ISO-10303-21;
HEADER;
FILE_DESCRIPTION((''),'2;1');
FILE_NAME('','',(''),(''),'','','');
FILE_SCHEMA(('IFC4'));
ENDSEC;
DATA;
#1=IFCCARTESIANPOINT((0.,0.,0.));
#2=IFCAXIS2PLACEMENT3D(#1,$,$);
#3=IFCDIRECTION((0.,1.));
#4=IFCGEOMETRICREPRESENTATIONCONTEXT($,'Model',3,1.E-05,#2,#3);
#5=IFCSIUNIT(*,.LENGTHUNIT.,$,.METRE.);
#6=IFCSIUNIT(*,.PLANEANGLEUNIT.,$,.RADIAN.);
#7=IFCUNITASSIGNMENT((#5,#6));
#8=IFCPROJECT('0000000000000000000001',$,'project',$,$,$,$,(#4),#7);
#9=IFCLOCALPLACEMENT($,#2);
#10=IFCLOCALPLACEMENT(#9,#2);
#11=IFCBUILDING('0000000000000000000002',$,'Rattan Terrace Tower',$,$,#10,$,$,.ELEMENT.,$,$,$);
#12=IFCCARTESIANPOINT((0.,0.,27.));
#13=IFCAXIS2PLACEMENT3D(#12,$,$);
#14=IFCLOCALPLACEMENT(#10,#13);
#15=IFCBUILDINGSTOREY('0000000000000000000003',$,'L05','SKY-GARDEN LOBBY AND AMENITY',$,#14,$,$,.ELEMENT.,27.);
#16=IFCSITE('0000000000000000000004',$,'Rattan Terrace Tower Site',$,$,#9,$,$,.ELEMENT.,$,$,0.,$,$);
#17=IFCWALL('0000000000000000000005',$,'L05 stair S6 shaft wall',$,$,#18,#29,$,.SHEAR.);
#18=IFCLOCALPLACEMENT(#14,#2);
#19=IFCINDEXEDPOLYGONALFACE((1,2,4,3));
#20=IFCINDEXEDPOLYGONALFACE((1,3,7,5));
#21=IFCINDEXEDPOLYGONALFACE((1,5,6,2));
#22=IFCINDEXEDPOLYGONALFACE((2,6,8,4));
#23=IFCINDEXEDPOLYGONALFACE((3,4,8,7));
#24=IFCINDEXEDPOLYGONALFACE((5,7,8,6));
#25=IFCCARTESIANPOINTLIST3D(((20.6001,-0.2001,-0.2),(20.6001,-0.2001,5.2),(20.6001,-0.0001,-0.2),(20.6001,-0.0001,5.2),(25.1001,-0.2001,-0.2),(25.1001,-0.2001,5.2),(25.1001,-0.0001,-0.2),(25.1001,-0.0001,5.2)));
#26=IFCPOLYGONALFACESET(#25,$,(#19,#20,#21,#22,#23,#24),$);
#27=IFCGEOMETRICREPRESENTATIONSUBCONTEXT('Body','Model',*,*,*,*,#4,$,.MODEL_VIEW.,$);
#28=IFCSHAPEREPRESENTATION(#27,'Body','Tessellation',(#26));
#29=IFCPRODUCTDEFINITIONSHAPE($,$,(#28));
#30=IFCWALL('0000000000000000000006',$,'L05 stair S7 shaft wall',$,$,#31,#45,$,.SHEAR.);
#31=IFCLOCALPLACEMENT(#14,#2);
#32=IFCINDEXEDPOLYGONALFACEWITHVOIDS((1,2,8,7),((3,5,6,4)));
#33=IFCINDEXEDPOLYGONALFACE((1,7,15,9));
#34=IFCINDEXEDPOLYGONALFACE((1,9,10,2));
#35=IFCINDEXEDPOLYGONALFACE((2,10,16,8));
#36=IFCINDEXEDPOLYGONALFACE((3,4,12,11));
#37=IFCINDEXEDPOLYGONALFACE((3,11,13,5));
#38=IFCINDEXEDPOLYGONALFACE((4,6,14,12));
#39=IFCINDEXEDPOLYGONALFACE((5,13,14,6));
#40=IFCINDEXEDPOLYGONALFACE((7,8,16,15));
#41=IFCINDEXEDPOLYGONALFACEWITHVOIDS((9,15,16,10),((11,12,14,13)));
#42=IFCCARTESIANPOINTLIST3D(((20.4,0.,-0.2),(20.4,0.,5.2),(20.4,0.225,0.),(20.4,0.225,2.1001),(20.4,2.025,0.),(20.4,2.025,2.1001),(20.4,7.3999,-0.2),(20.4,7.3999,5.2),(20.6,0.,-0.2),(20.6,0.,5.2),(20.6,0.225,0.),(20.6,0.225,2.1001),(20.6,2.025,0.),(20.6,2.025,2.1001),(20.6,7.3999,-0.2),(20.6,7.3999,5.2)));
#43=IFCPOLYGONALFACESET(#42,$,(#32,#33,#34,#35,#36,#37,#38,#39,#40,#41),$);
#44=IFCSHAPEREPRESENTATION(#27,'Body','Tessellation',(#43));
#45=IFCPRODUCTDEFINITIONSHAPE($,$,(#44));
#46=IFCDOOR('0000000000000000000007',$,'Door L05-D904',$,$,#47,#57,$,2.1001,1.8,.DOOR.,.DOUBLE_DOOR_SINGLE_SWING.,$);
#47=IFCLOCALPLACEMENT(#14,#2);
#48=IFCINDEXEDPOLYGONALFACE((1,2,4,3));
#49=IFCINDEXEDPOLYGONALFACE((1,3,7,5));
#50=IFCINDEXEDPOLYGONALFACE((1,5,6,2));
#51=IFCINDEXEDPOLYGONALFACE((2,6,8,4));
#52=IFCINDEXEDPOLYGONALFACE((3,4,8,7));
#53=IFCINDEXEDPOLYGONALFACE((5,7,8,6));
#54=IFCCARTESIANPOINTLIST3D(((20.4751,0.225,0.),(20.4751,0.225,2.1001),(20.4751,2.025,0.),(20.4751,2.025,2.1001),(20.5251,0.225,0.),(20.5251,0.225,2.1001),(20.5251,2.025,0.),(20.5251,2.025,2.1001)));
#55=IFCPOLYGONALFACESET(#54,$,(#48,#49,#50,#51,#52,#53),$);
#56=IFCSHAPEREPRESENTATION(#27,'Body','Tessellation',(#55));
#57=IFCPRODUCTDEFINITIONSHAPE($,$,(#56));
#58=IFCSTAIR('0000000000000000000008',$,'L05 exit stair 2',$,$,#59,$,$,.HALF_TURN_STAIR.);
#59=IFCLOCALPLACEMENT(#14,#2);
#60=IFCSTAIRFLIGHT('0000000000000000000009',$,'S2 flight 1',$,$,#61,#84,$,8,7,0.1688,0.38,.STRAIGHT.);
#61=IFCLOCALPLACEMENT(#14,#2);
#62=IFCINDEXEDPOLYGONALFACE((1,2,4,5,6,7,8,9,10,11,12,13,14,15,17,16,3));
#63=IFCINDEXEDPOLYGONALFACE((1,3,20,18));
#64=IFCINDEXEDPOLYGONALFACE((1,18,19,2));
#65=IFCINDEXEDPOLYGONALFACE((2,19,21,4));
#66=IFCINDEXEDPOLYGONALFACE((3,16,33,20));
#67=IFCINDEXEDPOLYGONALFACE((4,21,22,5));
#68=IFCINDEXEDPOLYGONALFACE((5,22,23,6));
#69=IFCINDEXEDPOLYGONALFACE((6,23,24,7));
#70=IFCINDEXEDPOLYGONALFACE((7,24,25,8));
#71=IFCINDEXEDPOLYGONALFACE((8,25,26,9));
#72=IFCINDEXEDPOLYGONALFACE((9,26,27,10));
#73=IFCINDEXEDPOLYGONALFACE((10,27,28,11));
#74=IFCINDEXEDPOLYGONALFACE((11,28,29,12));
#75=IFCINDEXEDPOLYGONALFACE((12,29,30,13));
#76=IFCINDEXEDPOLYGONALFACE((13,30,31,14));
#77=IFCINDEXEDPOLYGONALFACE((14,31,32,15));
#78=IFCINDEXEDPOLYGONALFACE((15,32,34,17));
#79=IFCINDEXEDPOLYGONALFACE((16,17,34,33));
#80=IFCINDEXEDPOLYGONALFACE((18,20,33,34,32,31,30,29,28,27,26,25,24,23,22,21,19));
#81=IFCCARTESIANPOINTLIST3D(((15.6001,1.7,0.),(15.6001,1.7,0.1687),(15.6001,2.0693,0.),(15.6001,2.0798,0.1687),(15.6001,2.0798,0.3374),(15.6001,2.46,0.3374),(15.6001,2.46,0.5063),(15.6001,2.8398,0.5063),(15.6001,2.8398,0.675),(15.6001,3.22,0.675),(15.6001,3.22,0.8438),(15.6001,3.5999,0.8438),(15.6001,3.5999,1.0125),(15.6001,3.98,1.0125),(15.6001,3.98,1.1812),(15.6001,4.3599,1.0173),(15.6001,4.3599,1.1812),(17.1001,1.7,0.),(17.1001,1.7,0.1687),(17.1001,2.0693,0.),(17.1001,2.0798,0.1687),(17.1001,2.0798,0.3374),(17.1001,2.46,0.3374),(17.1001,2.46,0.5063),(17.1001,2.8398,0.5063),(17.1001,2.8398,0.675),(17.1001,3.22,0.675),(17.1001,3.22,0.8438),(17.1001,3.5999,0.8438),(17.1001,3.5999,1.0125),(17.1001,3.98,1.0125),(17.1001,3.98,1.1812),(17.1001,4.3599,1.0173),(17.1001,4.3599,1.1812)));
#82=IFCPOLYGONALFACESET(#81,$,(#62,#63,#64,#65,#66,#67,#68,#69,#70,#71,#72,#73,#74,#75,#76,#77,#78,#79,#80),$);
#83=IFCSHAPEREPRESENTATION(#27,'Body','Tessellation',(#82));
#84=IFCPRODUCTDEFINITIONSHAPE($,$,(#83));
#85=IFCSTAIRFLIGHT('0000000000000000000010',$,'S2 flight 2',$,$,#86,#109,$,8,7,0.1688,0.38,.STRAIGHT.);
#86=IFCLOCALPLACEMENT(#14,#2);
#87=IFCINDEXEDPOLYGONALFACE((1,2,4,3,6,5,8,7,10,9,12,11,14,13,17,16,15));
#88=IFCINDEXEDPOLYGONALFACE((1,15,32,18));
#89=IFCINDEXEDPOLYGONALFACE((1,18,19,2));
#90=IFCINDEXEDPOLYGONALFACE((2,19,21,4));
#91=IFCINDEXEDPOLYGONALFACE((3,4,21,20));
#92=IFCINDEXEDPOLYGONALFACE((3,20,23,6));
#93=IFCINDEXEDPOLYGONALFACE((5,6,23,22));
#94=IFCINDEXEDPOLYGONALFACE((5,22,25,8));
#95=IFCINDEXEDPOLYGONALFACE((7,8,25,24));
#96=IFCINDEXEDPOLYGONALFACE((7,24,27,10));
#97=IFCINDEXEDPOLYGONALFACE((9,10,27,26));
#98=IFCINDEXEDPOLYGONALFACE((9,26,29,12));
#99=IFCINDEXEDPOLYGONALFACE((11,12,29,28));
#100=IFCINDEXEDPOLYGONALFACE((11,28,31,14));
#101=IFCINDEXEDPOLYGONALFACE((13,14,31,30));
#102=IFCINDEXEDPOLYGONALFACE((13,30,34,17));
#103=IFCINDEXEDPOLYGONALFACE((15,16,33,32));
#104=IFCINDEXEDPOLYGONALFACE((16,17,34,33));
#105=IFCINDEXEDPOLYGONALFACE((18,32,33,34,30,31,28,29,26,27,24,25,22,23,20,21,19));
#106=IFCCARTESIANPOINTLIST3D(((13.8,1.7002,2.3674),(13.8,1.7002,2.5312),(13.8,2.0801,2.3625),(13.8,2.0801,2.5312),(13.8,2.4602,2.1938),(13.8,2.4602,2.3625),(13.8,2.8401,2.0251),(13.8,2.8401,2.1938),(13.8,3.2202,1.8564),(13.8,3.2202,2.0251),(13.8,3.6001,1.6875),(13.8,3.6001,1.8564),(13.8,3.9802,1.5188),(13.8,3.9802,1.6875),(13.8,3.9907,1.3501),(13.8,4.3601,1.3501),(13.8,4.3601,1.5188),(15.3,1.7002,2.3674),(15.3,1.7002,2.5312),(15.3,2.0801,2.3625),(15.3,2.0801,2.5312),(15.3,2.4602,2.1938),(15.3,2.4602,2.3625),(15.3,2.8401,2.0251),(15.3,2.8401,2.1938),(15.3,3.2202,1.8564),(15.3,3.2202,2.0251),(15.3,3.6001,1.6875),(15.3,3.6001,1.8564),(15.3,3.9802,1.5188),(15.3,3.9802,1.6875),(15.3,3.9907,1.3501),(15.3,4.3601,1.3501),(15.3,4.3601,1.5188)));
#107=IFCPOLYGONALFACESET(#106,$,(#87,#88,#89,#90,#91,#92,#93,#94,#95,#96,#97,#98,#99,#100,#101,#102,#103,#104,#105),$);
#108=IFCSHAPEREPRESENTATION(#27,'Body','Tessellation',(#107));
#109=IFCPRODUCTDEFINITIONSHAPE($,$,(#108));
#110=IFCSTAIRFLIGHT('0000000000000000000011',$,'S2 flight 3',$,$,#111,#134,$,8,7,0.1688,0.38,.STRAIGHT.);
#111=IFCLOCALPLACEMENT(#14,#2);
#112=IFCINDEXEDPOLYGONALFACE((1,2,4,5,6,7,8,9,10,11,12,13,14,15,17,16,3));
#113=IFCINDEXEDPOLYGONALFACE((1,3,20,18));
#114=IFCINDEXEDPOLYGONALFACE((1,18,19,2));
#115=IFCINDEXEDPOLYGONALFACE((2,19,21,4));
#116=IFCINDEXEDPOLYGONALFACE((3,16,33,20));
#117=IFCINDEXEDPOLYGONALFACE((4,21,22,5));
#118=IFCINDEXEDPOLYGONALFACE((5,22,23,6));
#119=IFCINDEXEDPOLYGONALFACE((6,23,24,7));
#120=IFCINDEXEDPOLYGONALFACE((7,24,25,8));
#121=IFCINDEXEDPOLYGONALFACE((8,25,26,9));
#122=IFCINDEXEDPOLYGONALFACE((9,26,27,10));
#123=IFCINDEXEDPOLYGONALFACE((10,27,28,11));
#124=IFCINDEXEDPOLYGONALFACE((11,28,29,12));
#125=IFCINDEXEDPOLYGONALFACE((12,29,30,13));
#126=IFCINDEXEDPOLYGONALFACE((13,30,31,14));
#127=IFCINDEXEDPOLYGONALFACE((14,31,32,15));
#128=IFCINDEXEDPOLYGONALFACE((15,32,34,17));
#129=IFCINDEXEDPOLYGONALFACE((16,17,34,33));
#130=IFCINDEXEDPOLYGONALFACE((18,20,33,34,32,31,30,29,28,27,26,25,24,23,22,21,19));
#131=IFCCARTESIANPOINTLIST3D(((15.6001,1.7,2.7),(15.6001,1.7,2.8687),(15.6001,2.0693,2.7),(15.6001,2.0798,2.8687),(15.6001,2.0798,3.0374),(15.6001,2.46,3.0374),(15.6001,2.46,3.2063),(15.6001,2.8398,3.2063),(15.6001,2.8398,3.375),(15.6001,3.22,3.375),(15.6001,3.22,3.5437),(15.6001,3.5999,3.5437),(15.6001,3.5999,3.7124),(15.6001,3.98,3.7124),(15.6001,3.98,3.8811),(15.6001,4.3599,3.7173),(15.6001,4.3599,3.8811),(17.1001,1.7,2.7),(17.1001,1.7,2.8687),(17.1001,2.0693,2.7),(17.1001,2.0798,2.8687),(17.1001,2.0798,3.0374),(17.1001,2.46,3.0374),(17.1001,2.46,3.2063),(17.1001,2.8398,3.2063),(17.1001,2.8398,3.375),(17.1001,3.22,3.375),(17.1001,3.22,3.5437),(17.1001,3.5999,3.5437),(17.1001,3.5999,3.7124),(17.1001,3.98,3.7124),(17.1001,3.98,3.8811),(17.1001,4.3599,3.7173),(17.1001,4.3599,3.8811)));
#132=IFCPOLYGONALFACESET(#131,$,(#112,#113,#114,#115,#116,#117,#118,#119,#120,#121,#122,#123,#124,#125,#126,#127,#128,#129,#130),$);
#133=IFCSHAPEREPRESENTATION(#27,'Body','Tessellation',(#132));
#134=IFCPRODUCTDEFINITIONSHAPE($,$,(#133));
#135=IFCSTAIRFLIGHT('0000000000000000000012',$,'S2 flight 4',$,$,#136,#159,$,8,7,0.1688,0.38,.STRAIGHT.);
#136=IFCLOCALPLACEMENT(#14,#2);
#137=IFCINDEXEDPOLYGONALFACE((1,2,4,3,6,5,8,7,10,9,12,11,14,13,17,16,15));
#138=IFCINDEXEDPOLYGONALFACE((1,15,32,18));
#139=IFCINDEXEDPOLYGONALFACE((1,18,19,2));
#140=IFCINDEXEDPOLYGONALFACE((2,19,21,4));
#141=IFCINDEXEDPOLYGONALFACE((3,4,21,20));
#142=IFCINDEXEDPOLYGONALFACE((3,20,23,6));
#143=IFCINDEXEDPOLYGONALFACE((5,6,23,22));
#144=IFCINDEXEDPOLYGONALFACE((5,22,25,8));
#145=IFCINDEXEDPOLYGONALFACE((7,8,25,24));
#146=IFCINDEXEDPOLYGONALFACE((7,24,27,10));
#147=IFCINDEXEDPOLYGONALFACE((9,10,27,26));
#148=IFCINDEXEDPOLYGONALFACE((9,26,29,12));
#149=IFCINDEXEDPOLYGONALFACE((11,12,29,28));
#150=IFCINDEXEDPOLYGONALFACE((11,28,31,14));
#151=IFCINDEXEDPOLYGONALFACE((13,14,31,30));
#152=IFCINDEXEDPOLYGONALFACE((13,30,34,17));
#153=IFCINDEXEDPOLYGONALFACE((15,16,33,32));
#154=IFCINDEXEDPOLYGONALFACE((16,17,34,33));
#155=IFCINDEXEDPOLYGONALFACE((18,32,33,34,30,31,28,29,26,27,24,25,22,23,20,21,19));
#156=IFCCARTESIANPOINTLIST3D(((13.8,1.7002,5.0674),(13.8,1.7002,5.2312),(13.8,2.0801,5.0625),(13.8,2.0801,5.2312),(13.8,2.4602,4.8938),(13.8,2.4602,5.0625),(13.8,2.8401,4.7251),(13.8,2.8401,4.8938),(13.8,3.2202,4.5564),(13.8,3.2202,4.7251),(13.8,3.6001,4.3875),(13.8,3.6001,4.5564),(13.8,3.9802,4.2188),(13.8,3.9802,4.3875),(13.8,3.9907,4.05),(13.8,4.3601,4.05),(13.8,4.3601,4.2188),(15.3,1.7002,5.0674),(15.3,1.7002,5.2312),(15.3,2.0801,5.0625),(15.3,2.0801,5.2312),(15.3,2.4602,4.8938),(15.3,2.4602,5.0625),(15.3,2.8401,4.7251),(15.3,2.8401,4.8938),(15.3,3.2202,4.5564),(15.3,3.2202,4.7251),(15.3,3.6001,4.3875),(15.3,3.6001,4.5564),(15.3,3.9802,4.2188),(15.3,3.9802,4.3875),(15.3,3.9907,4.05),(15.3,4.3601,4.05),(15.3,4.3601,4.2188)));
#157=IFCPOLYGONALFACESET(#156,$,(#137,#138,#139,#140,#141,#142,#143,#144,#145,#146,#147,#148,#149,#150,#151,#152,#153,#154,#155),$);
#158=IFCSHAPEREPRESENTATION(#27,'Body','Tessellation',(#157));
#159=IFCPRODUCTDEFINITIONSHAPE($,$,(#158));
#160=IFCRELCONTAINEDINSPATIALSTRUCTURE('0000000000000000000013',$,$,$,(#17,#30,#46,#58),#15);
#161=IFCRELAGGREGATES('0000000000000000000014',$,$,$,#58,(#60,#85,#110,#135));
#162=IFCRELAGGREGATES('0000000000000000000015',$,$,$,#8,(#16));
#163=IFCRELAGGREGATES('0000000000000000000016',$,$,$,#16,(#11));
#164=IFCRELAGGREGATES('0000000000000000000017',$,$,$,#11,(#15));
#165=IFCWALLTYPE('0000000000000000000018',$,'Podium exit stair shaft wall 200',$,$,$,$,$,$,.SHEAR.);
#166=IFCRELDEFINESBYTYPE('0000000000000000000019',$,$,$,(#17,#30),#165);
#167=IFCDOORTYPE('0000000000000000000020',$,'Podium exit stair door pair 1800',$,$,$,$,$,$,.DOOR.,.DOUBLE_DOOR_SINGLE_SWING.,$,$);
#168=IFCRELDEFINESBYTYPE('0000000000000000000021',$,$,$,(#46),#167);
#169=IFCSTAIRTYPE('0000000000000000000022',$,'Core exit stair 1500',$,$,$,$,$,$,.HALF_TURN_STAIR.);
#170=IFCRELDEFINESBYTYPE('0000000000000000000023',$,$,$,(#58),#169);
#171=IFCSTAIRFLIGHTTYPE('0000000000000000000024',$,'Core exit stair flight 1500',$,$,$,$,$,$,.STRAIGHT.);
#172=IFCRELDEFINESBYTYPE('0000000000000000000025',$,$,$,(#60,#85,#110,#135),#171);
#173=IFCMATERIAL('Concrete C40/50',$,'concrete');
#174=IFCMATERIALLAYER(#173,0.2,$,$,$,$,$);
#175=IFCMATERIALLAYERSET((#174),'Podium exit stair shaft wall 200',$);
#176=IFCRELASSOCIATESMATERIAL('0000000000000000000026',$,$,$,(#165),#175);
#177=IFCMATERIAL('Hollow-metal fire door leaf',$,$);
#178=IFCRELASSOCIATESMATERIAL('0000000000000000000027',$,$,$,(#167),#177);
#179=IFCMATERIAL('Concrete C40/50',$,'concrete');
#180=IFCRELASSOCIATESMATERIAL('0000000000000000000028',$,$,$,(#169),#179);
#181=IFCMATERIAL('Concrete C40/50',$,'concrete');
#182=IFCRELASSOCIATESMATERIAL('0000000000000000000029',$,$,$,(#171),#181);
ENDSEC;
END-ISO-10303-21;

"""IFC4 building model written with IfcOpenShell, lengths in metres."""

from ifc_helpers import new_model, si_unit, direction, frame, frame_2d, origin, place, context, subcontext, project, spatial, polyline, rectangle, outline, extrude, material, layer, layer_set, type_object, element, fill, aggregate, save


model = new_model("IFC4")

# Units and contexts
model_context = context("Model", 3, precision=1e-05, world=origin(), true_north=direction((0.0, 1.0)))
body_context = subcontext(model_context, "Body", "Model", "MODEL_VIEW")
ifc_project = project(units=[si_unit("LENGTHUNIT", "METRE"), si_unit("PLANEANGLEUNIT", "RADIAN")], contexts=[model_context])

# Site, building, storey
site_placement = place(None, origin())
site = spatial("IfcSite", under=ifc_project, at=site_placement, Name="Rattan Terrace Tower Site", CompositionType="ELEMENT", RefElevation=0.0)
building_placement = place(site_placement, origin())
building = spatial("IfcBuilding", under=site, at=building_placement, Name="Rattan Terrace Tower", CompositionType="ELEMENT")
storey_placement = place(building_placement, frame((0.0, 0.0, 27.0)))
storey = spatial("IfcBuildingStorey", under=building, at=storey_placement, Name="L05", Description="SKY-GARDEN LOBBY AND AMENITY", CompositionType="ELEMENT", Elevation=27.0)

# Wall
ifc_material_1 = material(Name="Concrete C40/50", Category="concrete")
ifc_layer_1 = layer(ifc_material_1, 0.2)
ifc_layer_set_1 = layer_set([ifc_layer_1], Name="Podium exit stair shaft wall 200")
wall_type_1 = type_object("IfcWallType", Name="Podium exit stair shaft wall 200", PredefinedType="SHEAR", material=ifc_layer_set_1)
wall_1_placement = place(storey_placement, frame((20.6001, -0.1001, -0.2), z_axis=(0.0, 0.0, 1.0), x_axis=(1.0, 0.0, 0.0)))
element("IfcWall", 1, at=wall_1_placement, inside=storey, type_object=wall_type_1, Name="L05 stair S6 shaft wall", PredefinedType="SHEAR", context=body_context, shape_type="SweptSolid", body=[
    extrude(rectangle(XDim=4.5, YDim=0.2, at=frame_2d((2.25, 0.0))), origin(), (0.0, 0.0, 1.0), 5.3999),
])

# Wall, opening, door
wall_2_placement = place(storey_placement, frame((20.5, 0.0, -0.2), z_axis=(0.0, 0.0, 1.0), x_axis=(0.0, 1.0, 0.0)))
wall_2 = element("IfcWall", 2, at=wall_2_placement, inside=storey, type_object=wall_type_1, Name="L05 stair S7 shaft wall", PredefinedType="SHEAR", context=body_context, shape_type="SweptSolid", body=[
    extrude(rectangle(XDim=7.3999, YDim=0.2, at=frame_2d((3.7, 0.0))), origin(), (0.0, 0.0, 1.0), 5.3999),
])
opening_1_placement = place(wall_2_placement, frame((0.2251, 0.0, 0.2)))
opening_1 = element("IfcOpeningElement", 3, at=opening_1_placement, cuts=wall_2, PredefinedType="OPENING", context=body_context, shape_type="SweptSolid", body=[
    extrude(rectangle(XDim=1.8, YDim=2.1001, at=frame_2d((0.8999, 1.05))), frame((0.0, 0.1106, 0.0), z_axis=(0.0, -1.0, 0.0), x_axis=(1.0, 0.0, 0.0)), (0.0, 0.0, 1.0), 0.2209),
])
ifc_material_2 = material(Name="Hollow-metal fire door leaf")
door_type_1 = type_object("IfcDoorType", Name="Podium exit stair door pair 1800", OperationType="DOUBLE_DOOR_SINGLE_SWING", PredefinedType="DOOR", material=ifc_material_2)
door_1_placement = place(opening_1_placement, origin())
door_1 = element("IfcDoor", 4, at=door_1_placement, inside=storey, type_object=door_type_1, Name="Door L05-D904", OperationType="DOUBLE_DOOR_SINGLE_SWING", OverallHeight=2.1001, OverallWidth=1.8, PredefinedType="DOOR", context=body_context, shape_type="SweptSolid", body=[
    extrude(rectangle(XDim=1.8, YDim=2.1001, at=frame_2d((0.8999, 1.05))), frame((0.0, 0.0249, 0.0), z_axis=(0.0, -1.0, 0.0), x_axis=(1.0, 0.0, 0.0)), (0.0, 0.0, 1.0), 0.05),
])
fill(opening_1, door_1)

# Stair, stair flights
ifc_material_3 = material(Name="Concrete C40/50", Category="concrete")
stair_type = type_object("IfcStairType", Name="Core exit stair 1500", PredefinedType="HALF_TURN_STAIR", material=ifc_material_3)
stair_placement = place(storey_placement, origin())
stair = element("IfcStair", 5, at=stair_placement, inside=storey, type_object=stair_type, Name="L05 exit stair 2", PredefinedType="HALF_TURN_STAIR")
ifc_material_4 = material(Name="Concrete C40/50", Category="concrete")
stair_flight_type = type_object("IfcStairFlightType", Name="Core exit stair flight 1500", PredefinedType="STRAIGHT", material=ifc_material_4)
stair_flight_1_placement = place(storey_placement, frame((16.3501, 1.7, 0.0), z_axis=(0.0, 0.0, 1.0), x_axis=(0.0, 1.0, 0.0)))
stair_flight_1 = element("IfcStairFlight", 6, at=stair_flight_1_placement, type_object=stair_flight_type, Name="S2 flight 1", NumberOfRisers=8, NumberOfTreads=7, PredefinedType="STRAIGHT", RiserHeight=0.1688, TreadLength=0.38, context=body_context, shape_type="SweptSolid", body=[
    extrude(outline(polyline([(0.0, 0.0), (0.0, 0.1687), (0.3799, 0.1687), (0.3799, 0.3374), (0.76, 0.3374), (0.76, 0.5063), (1.1399, 0.5063), (1.1399, 0.675), (1.52, 0.675), (1.52, 0.8438), (1.8999, 0.8438), (1.8999, 1.0125), (2.28, 1.0125), (2.28, 1.1812), (2.6599, 1.1812), (2.6599, 1.3501), (2.6599, 1.0173), (0.3694, 0.0), (0.0, 0.0)])), frame((0.0, 0.75, 0.0), z_axis=(0.0, -1.0, 0.0), x_axis=(1.0, 0.0, 0.0)), (0.0, 0.0, 1.0), 1.5),
])
stair_flight_2_placement = place(storey_placement, frame((14.55, 4.3601, 1.3501), z_axis=(0.0, 0.0, 1.0), x_axis=(0.0, -1.0, 0.0)))
stair_flight_2 = element("IfcStairFlight", 7, at=stair_flight_2_placement, type_object=stair_flight_type, Name="S2 flight 2", NumberOfRisers=8, NumberOfTreads=7, PredefinedType="STRAIGHT", RiserHeight=0.1688, TreadLength=0.38, context=body_context, shape_type="SweptSolid", body=[
    extrude(outline(polyline([(0.0, 0.0), (0.0, 0.1687), (0.3799, 0.1687), (0.3799, 0.3374), (0.76, 0.3374), (0.76, 0.5063), (1.1399, 0.5063), (1.1399, 0.675), (1.52, 0.675), (1.52, 0.8438), (1.8999, 0.8438), (1.8999, 1.0125), (2.28, 1.0125), (2.28, 1.1812), (2.6599, 1.1812), (2.6599, 1.3501), (2.6599, 1.0173), (0.3694, 0.0), (0.0, 0.0)])), frame((0.0, 0.75, 0.0), z_axis=(0.0, -1.0, 0.0), x_axis=(1.0, 0.0, 0.0)), (0.0, 0.0, 1.0), 1.5),
])
stair_flight_3_placement = place(storey_placement, frame((16.3501, 1.7, 2.7), z_axis=(0.0, 0.0, 1.0), x_axis=(0.0, 1.0, 0.0)))
stair_flight_3 = element("IfcStairFlight", 8, at=stair_flight_3_placement, type_object=stair_flight_type, Name="S2 flight 3", NumberOfRisers=8, NumberOfTreads=7, PredefinedType="STRAIGHT", RiserHeight=0.1688, TreadLength=0.38, context=body_context, shape_type="SweptSolid", body=[
    extrude(outline(polyline([(0.0, 0.0), (0.0, 0.1687), (0.3799, 0.1687), (0.3799, 0.3374), (0.76, 0.3374), (0.76, 0.5063), (1.1399, 0.5063), (1.1399, 0.675), (1.52, 0.675), (1.52, 0.8438), (1.8999, 0.8438), (1.8999, 1.0125), (2.28, 1.0125), (2.28, 1.1812), (2.6599, 1.1812), (2.6599, 1.3501), (2.6599, 1.0173), (0.3694, 0.0), (0.0, 0.0)])), frame((0.0, 0.75, 0.0), z_axis=(0.0, -1.0, 0.0), x_axis=(1.0, 0.0, 0.0)), (0.0, 0.0, 1.0), 1.5),
])
stair_flight_4_placement = place(storey_placement, frame((14.55, 4.3601, 4.05), z_axis=(0.0, 0.0, 1.0), x_axis=(0.0, -1.0, 0.0)))
stair_flight_4 = element("IfcStairFlight", 9, at=stair_flight_4_placement, type_object=stair_flight_type, Name="S2 flight 4", NumberOfRisers=8, NumberOfTreads=7, PredefinedType="STRAIGHT", RiserHeight=0.1688, TreadLength=0.38, context=body_context, shape_type="SweptSolid", body=[
    extrude(outline(polyline([(0.0, 0.0), (0.0, 0.1687), (0.3799, 0.1687), (0.3799, 0.3374), (0.76, 0.3374), (0.76, 0.5063), (1.1399, 0.5063), (1.1399, 0.675), (1.52, 0.675), (1.52, 0.8438), (1.8999, 0.8438), (1.8999, 1.0125), (2.28, 1.0125), (2.28, 1.1812), (2.6599, 1.1812), (2.6599, 1.3501), (2.6599, 1.0173), (0.3694, 0.0), (0.0, 0.0)])), frame((0.0, 0.75, 0.0), z_axis=(0.0, -1.0, 0.0), x_axis=(1.0, 0.0, 0.0)), (0.0, 0.0, 1.0), 1.5),
])
aggregate(stair, [stair_flight_1, stair_flight_2, stair_flight_3, stair_flight_4])

save(model, "model.ifc")
